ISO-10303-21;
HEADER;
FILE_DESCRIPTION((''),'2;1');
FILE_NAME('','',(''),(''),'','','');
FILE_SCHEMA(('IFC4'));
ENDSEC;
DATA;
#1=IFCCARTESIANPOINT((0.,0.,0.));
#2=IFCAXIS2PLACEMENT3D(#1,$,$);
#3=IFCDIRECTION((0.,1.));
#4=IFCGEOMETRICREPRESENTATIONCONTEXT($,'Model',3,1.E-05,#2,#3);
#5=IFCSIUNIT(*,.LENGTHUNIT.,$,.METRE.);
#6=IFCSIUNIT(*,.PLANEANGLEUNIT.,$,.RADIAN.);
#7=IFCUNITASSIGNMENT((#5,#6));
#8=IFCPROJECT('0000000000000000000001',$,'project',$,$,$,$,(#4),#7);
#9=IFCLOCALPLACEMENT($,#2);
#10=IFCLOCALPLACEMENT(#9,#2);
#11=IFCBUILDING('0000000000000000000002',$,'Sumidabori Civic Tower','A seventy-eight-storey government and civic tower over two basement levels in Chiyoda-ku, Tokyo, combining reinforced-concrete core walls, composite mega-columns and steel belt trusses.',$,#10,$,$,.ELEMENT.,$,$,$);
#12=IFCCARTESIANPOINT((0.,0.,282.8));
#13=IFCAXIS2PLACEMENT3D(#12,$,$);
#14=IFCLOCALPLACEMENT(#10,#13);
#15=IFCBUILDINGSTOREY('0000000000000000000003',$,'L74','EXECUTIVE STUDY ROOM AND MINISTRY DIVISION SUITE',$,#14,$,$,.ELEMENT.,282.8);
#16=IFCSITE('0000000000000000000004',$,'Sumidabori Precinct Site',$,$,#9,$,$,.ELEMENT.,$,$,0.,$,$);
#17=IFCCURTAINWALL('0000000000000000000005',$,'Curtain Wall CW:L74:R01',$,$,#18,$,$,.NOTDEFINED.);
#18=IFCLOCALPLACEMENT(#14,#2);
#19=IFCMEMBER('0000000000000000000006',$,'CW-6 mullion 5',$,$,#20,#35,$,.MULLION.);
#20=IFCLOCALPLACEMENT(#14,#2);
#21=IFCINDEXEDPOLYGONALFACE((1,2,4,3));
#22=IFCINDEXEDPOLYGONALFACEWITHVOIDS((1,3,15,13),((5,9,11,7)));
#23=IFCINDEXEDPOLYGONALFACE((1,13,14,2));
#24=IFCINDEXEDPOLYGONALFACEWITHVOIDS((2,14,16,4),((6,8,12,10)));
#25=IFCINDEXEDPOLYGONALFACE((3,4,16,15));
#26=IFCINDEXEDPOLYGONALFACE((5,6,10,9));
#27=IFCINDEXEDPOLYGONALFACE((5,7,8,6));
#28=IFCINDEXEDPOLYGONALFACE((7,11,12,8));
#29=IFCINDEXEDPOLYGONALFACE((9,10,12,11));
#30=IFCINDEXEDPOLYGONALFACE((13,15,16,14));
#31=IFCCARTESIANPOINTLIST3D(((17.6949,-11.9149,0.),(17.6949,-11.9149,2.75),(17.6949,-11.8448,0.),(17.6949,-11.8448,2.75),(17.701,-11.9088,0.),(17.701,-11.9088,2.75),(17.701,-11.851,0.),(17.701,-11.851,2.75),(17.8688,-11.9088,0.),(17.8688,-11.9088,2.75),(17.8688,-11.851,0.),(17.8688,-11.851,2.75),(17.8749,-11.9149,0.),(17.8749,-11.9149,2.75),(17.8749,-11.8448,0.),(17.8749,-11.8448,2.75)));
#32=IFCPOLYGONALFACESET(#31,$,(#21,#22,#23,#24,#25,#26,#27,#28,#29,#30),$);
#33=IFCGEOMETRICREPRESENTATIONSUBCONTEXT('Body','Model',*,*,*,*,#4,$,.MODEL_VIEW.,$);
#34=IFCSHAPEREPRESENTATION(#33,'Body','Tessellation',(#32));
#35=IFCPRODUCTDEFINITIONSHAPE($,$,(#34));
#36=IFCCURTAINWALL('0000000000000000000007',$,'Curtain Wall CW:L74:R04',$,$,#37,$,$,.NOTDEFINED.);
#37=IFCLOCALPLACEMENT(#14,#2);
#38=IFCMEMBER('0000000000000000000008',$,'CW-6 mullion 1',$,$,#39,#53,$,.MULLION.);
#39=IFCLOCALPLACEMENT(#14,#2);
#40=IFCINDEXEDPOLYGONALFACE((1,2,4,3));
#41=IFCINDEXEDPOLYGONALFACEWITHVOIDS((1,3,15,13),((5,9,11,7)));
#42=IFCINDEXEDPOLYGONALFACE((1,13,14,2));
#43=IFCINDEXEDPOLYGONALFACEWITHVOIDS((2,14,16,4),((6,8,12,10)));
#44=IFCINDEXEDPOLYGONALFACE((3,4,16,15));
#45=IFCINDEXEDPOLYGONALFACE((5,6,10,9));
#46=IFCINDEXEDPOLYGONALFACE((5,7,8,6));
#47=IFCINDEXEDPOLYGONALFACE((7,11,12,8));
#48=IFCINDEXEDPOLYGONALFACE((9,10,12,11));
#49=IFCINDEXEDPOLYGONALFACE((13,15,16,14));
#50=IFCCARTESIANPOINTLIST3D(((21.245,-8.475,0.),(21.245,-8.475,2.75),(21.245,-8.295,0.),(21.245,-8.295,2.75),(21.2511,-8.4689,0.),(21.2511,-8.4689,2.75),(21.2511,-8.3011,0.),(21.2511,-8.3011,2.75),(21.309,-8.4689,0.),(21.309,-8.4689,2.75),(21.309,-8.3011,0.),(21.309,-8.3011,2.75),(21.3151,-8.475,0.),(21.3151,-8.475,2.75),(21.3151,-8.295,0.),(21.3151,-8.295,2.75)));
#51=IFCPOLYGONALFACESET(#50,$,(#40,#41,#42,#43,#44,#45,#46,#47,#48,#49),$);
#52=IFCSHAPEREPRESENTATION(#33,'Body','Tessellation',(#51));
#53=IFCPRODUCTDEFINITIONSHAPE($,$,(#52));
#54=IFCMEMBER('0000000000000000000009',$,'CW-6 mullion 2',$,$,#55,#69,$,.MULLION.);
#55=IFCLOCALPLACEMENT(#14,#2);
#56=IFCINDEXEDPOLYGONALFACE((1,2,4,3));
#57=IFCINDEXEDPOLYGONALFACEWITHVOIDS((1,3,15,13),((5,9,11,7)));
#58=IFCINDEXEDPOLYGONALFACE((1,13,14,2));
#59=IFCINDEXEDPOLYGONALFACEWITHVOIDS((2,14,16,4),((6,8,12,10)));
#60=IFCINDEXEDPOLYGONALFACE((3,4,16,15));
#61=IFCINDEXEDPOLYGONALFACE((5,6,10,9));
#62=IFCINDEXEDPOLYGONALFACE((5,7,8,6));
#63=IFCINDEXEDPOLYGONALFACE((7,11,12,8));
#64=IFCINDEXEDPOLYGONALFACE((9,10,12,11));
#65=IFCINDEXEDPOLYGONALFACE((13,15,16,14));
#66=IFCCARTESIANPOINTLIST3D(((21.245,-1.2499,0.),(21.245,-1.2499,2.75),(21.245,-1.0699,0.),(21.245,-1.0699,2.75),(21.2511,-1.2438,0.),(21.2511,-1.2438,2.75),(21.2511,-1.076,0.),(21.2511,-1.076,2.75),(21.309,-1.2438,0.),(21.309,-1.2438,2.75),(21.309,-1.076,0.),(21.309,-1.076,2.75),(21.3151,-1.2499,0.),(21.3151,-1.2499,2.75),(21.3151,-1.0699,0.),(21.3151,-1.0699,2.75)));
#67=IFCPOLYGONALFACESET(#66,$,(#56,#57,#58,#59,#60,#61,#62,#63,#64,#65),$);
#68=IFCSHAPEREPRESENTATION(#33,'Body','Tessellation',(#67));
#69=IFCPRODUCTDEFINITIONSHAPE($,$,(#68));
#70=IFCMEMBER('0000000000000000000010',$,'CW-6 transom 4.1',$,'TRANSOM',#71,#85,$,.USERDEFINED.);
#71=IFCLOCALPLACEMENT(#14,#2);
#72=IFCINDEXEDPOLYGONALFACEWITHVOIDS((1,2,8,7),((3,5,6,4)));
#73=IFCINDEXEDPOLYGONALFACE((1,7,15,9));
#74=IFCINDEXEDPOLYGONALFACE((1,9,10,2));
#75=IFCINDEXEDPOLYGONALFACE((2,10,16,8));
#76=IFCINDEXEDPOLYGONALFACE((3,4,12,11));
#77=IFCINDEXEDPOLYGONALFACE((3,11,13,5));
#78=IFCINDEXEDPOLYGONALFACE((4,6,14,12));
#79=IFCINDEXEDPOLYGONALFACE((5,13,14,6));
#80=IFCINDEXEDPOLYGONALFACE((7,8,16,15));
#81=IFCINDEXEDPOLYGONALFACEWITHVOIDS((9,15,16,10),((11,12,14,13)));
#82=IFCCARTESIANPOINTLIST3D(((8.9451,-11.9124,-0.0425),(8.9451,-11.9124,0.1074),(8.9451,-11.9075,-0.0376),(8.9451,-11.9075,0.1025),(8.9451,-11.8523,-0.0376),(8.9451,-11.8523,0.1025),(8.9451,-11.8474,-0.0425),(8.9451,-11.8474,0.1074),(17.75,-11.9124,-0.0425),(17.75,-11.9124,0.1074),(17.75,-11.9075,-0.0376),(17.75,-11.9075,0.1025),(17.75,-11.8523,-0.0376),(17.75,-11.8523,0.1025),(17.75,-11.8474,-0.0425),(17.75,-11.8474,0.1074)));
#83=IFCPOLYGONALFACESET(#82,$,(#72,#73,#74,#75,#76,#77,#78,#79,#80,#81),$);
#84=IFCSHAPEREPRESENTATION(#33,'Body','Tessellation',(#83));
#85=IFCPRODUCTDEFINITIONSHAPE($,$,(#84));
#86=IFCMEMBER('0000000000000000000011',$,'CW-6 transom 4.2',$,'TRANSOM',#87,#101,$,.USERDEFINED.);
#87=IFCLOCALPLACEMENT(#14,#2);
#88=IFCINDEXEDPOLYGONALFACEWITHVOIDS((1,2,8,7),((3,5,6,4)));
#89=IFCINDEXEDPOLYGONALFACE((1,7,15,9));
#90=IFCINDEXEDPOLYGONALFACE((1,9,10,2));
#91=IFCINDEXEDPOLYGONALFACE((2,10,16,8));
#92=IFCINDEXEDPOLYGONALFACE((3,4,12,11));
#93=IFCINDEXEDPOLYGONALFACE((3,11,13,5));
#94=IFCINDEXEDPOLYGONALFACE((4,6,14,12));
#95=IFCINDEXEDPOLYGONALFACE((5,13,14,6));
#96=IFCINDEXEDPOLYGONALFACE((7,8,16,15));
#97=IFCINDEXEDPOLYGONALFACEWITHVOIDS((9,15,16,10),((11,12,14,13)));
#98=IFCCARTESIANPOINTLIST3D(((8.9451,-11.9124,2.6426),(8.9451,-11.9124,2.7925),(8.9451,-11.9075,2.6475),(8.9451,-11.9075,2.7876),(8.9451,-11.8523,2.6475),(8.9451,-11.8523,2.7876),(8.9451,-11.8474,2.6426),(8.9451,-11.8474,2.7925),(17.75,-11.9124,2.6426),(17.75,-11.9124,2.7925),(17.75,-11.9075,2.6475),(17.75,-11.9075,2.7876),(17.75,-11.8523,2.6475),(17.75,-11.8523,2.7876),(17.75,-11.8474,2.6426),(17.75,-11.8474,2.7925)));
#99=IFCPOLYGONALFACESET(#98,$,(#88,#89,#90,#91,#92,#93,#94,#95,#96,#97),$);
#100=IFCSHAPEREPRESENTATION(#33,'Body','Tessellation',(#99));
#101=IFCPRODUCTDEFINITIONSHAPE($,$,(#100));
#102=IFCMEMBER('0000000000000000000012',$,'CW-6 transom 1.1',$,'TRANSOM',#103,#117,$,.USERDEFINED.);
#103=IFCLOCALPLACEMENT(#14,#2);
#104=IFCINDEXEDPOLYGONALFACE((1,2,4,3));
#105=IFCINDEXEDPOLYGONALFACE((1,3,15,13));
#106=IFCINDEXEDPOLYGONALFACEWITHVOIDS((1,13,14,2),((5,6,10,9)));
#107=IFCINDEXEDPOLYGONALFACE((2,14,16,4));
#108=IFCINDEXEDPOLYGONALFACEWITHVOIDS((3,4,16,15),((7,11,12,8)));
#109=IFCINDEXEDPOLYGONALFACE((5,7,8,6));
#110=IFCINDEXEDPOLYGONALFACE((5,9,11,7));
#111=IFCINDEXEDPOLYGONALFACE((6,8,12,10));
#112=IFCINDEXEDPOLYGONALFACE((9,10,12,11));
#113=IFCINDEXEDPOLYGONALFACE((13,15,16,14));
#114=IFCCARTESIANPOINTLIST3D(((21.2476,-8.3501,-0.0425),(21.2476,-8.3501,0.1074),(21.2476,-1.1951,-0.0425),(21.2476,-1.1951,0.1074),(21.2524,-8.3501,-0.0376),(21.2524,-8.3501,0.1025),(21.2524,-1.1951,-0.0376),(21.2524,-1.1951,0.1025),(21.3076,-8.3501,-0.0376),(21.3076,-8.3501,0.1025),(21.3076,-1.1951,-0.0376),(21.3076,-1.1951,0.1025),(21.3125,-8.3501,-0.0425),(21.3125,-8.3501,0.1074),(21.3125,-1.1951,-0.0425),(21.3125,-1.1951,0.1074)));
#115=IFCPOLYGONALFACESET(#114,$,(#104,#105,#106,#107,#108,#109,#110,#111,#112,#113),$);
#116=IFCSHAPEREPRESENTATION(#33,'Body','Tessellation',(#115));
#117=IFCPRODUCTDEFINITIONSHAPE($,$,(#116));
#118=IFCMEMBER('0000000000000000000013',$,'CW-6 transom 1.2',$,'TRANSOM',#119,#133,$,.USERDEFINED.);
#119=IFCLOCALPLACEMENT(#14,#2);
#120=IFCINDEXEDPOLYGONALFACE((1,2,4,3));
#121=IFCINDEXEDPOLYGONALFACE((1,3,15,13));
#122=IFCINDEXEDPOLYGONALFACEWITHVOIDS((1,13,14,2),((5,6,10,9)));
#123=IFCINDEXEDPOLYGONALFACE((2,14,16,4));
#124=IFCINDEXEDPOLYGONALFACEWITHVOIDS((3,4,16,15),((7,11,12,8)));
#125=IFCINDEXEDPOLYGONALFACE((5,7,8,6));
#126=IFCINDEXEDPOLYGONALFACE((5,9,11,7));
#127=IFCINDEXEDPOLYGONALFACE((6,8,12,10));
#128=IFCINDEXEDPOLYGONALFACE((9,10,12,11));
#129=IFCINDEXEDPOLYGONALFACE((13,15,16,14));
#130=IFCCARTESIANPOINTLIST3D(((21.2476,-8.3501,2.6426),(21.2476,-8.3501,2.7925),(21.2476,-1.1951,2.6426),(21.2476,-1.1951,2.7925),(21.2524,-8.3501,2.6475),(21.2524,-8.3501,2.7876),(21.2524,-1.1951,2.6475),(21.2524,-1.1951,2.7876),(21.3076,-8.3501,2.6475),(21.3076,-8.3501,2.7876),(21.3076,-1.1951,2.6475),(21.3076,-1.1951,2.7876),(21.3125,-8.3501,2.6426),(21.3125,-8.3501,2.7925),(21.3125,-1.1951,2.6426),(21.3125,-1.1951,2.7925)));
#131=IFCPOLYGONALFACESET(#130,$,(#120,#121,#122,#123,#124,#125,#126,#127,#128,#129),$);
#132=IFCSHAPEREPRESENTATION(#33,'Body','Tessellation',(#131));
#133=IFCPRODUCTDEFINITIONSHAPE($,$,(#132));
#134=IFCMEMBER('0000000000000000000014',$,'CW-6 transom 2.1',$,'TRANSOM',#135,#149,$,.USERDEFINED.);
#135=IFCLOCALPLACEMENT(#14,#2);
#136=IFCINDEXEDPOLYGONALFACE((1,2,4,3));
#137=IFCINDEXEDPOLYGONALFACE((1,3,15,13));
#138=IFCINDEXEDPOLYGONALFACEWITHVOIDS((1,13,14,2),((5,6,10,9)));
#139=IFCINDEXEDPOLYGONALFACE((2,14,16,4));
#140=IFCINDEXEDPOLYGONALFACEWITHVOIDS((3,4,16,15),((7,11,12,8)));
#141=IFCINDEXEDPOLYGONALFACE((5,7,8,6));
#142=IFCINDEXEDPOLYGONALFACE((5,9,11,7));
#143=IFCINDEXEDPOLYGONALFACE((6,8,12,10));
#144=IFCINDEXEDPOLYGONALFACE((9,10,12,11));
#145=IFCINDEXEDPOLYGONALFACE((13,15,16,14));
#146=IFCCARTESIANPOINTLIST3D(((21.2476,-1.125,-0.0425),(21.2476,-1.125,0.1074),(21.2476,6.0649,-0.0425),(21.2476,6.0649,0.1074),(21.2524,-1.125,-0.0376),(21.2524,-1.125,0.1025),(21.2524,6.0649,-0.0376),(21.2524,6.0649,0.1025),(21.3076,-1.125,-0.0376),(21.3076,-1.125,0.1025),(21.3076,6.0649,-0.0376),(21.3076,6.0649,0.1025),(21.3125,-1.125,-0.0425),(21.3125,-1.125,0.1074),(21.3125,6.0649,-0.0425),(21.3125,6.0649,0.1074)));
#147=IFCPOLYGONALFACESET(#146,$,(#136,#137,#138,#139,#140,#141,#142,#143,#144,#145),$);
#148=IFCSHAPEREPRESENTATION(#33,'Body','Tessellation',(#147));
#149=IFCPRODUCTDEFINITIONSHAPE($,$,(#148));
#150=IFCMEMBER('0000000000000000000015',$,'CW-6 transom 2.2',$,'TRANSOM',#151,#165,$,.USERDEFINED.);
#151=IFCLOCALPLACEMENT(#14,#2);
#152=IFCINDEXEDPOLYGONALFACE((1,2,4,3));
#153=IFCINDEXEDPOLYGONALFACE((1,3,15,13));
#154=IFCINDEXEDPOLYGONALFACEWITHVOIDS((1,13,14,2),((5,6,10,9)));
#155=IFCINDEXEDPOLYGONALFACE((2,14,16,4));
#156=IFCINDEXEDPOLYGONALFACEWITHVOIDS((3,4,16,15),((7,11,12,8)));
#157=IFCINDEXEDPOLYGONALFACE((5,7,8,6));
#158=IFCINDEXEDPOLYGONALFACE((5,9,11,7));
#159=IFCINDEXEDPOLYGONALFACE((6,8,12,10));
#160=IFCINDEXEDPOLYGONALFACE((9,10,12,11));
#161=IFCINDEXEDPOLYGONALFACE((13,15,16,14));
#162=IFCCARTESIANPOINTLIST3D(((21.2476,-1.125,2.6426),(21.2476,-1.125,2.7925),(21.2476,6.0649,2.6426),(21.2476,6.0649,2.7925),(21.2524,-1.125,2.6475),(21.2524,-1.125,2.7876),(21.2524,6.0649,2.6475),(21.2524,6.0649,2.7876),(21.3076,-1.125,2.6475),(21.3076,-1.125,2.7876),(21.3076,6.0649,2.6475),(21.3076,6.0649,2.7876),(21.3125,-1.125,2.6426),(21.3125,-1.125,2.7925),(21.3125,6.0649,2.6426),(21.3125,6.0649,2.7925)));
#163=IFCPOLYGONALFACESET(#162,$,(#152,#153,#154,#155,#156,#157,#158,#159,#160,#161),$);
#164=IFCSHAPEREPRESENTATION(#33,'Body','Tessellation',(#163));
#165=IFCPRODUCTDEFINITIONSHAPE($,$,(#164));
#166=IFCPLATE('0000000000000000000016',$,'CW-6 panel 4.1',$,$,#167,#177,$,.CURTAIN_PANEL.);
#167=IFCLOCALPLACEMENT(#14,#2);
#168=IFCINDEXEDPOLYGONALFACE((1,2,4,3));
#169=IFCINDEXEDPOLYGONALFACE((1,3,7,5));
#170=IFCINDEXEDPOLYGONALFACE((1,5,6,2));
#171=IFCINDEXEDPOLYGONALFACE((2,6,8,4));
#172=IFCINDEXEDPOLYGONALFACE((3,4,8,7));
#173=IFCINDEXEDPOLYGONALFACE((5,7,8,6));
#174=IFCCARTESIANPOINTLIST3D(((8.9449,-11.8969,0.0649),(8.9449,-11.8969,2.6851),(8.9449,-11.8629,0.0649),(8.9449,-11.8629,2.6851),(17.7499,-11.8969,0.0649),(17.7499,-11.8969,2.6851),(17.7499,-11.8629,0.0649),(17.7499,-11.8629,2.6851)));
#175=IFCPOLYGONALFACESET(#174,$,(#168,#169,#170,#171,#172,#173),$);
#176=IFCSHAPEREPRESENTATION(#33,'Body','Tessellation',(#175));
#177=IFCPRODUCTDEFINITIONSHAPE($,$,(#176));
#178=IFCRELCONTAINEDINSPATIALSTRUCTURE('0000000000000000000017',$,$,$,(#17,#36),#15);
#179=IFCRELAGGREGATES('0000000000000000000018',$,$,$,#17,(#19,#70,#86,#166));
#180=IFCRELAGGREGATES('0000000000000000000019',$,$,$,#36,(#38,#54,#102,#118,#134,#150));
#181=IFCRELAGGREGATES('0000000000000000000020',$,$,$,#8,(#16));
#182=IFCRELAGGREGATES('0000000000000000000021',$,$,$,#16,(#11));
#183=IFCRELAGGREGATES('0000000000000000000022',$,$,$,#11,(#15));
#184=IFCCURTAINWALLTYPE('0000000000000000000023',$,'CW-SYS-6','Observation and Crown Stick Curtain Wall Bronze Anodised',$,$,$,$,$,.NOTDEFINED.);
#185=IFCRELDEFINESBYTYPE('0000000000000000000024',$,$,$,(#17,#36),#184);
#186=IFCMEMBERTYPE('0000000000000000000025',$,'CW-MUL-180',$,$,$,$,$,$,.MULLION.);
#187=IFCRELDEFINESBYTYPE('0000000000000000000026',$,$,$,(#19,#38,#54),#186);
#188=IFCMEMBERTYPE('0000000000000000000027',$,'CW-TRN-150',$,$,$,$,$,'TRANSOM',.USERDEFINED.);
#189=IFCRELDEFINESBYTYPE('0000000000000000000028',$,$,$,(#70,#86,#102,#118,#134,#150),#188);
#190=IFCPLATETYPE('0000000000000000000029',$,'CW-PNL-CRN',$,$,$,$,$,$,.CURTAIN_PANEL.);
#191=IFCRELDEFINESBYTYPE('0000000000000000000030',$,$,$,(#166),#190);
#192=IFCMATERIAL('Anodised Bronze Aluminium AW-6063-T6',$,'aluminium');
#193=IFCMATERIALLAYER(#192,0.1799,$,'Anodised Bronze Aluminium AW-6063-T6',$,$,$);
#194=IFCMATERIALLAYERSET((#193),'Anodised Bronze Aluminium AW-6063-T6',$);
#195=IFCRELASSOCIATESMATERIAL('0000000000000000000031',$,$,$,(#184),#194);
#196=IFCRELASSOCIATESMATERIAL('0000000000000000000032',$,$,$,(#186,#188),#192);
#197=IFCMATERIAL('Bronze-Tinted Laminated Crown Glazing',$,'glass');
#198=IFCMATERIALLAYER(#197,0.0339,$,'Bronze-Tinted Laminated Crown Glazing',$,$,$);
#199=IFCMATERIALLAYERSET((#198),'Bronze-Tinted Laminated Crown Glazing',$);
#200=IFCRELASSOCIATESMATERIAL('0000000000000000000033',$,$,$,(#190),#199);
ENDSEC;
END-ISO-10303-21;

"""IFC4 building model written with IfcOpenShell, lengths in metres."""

from ifc_helpers import new_model, si_unit, direction, frame, origin, origin_2d, place, context, subcontext, project, spatial, rectangle, hollow_rectangle, extrude, source, transform, mapped, material, layer, layer_set, material_profile, profile_set, type_object, element, aggregate, save


model = new_model("IFC4")

# Units and contexts
model_context = context("Model", 3, precision=1e-05, world=origin(), true_north=direction((0.0, 1.0)))
body_context = subcontext(model_context, "Body", "Model", "MODEL_VIEW")
ifc_project = project(units=[si_unit("LENGTHUNIT", "METRE"), si_unit("PLANEANGLEUNIT", "RADIAN")], contexts=[model_context])

# Site, building, storey
site_placement = place(None, origin())
site = spatial("IfcSite", under=ifc_project, at=site_placement, Name="Sumidabori Precinct Site", CompositionType="ELEMENT", RefElevation=0.0)
building_placement = place(site_placement, origin())
building = spatial("IfcBuilding", under=site, at=building_placement, Name="Sumidabori Civic Tower", Description="A seventy-eight-storey government and civic tower over two basement levels in Chiyoda-ku, Tokyo, combining reinforced-concrete core walls, composite mega-columns and steel belt trusses.", CompositionType="ELEMENT")
storey_placement = place(building_placement, frame((0.0, 0.0, 282.8)))
storey = spatial("IfcBuildingStorey", under=building, at=storey_placement, Name="L74", Description="EXECUTIVE STUDY ROOM AND MINISTRY DIVISION SUITE", CompositionType="ELEMENT", Elevation=282.8)

# Curtain walls, members
ifc_material_1 = material(Name="Anodised Bronze Aluminium AW-6063-T6", Category="aluminium")
ifc_layer_1 = layer(ifc_material_1, 0.1799, Name="Anodised Bronze Aluminium AW-6063-T6")
ifc_layer_set_1 = layer_set([ifc_layer_1], Name="Anodised Bronze Aluminium AW-6063-T6")
curtain_wall_type = type_object("IfcCurtainWallType", Name="CW-SYS-6", Description="Observation and Crown Stick Curtain Wall Bronze Anodised", PredefinedType="NOTDEFINED", material=ifc_layer_set_1)
curtain_wall_1_placement = place(storey_placement, origin())
curtain_wall_1 = element("IfcCurtainWall", 1, at=curtain_wall_1_placement, inside=storey, type_object=curtain_wall_type, Name="Curtain Wall CW:L74:R01", PredefinedType="NOTDEFINED")
ifc_material_profile_1 = material_profile(ifc_material_1, hollow_rectangle(XDim=0.0701, YDim=0.1799, WallThickness=0.0061, at=origin_2d()), Name="ALU MULLION 180x70")
ifc_profile_set_1 = profile_set([ifc_material_profile_1], Name="Anodised Bronze Aluminium AW-6063-T6")
member_type_1 = type_object("IfcMemberType", Name="CW-MUL-180", PredefinedType="MULLION", material=ifc_profile_set_1)
shared_shape_1 = source(origin(), body_context, "Body", "SweptSolid", [
    extrude(hollow_rectangle(XDim=0.0701, YDim=0.1799, WallThickness=0.0061, at=origin_2d()), origin(), (0.0, 0.0, 1.0), 2.75),
])
member_1_placement = place(storey_placement, frame((17.7849, -11.8799, 0.0), z_axis=(0.0, 0.0, 1.0), x_axis=(0.0, 1.0, 0.0)))
member_1 = element("IfcMember", 2, at=member_1_placement, type_object=member_type_1, Name="CW-6 mullion 5", PredefinedType="MULLION", context=body_context, shape_type="MappedRepresentation", body=[
    mapped(shared_shape_1, transform((0.0, 0.0, 0.0), x_axis=(1.0, 0.0, 0.0), y_axis=(0.0, 1.0, 0.0), z_axis=(0.0, 0.0, 1.0), scale=1.0)),
])
curtain_wall_2_placement = place(storey_placement, origin())
curtain_wall_2 = element("IfcCurtainWall", 3, at=curtain_wall_2_placement, inside=storey, type_object=curtain_wall_type, Name="Curtain Wall CW:L74:R04", PredefinedType="NOTDEFINED")
member_2_placement = place(storey_placement, frame((21.28, -8.385, 0.0), z_axis=(0.0, 0.0, 1.0), x_axis=(-1.0, 0.0, 0.0)))
member_2 = element("IfcMember", 4, at=member_2_placement, type_object=member_type_1, Name="CW-6 mullion 1", PredefinedType="MULLION", context=body_context, shape_type="MappedRepresentation", body=[
    mapped(shared_shape_1, transform((0.0, 0.0, 0.0), x_axis=(1.0, 0.0, 0.0), y_axis=(0.0, 1.0, 0.0), z_axis=(0.0, 0.0, 1.0), scale=1.0)),
])
member_3_placement = place(storey_placement, frame((21.28, -1.1599, 0.0), z_axis=(0.0, 0.0, 1.0), x_axis=(-1.0, 0.0, 0.0)))
member_3 = element("IfcMember", 5, at=member_3_placement, type_object=member_type_1, Name="CW-6 mullion 2", PredefinedType="MULLION", context=body_context, shape_type="MappedRepresentation", body=[
    mapped(shared_shape_1, transform((0.0, 0.0, 0.0), x_axis=(1.0, 0.0, 0.0), y_axis=(0.0, 1.0, 0.0), z_axis=(0.0, 0.0, 1.0), scale=1.0)),
])

# Members
ifc_material_profile_2 = material_profile(ifc_material_1, hollow_rectangle(XDim=0.0649, YDim=0.1499, WallThickness=0.0049, at=origin_2d()), Name="ALU TRANSOM 150x65")
ifc_profile_set_2 = profile_set([ifc_material_profile_2], Name="Anodised Bronze Aluminium AW-6063-T6")
member_type_2 = type_object("IfcMemberType", Name="CW-TRN-150", ElementType="TRANSOM", PredefinedType="USERDEFINED", material=ifc_profile_set_2)
shared_shape_2 = source(origin(), body_context, "Body", "SweptSolid", [
    extrude(hollow_rectangle(XDim=0.0649, YDim=0.1499, WallThickness=0.0049, at=origin_2d()), origin(), (0.0, 0.0, 1.0), 8.8049),
])
member_4_placement = place(storey_placement, frame((8.9451, -11.8799, 0.0325), z_axis=(1.0, 0.0, 0.0), x_axis=(0.0, 1.0, 0.0)))
member_4 = element("IfcMember", 6, at=member_4_placement, type_object=member_type_2, Name="CW-6 transom 4.1", ObjectType="TRANSOM", PredefinedType="USERDEFINED", context=body_context, shape_type="MappedRepresentation", body=[
    mapped(shared_shape_2, transform((0.0, 0.0, 0.0), x_axis=(1.0, 0.0, 0.0), y_axis=(0.0, 1.0, 0.0), z_axis=(0.0, 0.0, 1.0), scale=1.0)),
])
member_5_placement = place(storey_placement, frame((8.9451, -11.8799, 2.7175), z_axis=(1.0, 0.0, 0.0), x_axis=(0.0, 1.0, 0.0)))
member_5 = element("IfcMember", 7, at=member_5_placement, type_object=member_type_2, Name="CW-6 transom 4.2", ObjectType="TRANSOM", PredefinedType="USERDEFINED", context=body_context, shape_type="MappedRepresentation", body=[
    mapped(shared_shape_2, transform((0.0, 0.0, 0.0), x_axis=(1.0, 0.0, 0.0), y_axis=(0.0, 1.0, 0.0), z_axis=(0.0, 0.0, 1.0), scale=1.0)),
])
shared_shape_3 = source(origin(), body_context, "Body", "SweptSolid", [
    extrude(hollow_rectangle(XDim=0.0649, YDim=0.1499, WallThickness=0.0049, at=origin_2d()), origin(), (0.0, 0.0, 1.0), 7.155),
])
member_6_placement = place(storey_placement, frame((21.28, -8.3501, 0.0325), z_axis=(0.0, 1.0, 0.0), x_axis=(-1.0, 0.0, 0.0)))
member_6 = element("IfcMember", 8, at=member_6_placement, type_object=member_type_2, Name="CW-6 transom 1.1", ObjectType="TRANSOM", PredefinedType="USERDEFINED", context=body_context, shape_type="MappedRepresentation", body=[
    mapped(shared_shape_3, transform((0.0, 0.0, 0.0), x_axis=(1.0, 0.0, 0.0), y_axis=(0.0, 1.0, 0.0), z_axis=(0.0, 0.0, 1.0), scale=1.0)),
])
member_7_placement = place(storey_placement, frame((21.28, -8.3501, 2.7175), z_axis=(0.0, 1.0, 0.0), x_axis=(-1.0, 0.0, 0.0)))
member_7 = element("IfcMember", 9, at=member_7_placement, type_object=member_type_2, Name="CW-6 transom 1.2", ObjectType="TRANSOM", PredefinedType="USERDEFINED", context=body_context, shape_type="MappedRepresentation", body=[
    mapped(shared_shape_3, transform((0.0, 0.0, 0.0), x_axis=(1.0, 0.0, 0.0), y_axis=(0.0, 1.0, 0.0), z_axis=(0.0, 0.0, 1.0), scale=1.0)),
])
shared_shape_4 = source(origin(), body_context, "Body", "SweptSolid", [
    extrude(hollow_rectangle(XDim=0.0649, YDim=0.1499, WallThickness=0.0049, at=origin_2d()), origin(), (0.0, 0.0, 1.0), 7.1899),
])
member_8_placement = place(storey_placement, frame((21.28, -1.125, 0.0325), z_axis=(0.0, 1.0, 0.0), x_axis=(-1.0, 0.0, 0.0)))
member_8 = element("IfcMember", 10, at=member_8_placement, type_object=member_type_2, Name="CW-6 transom 2.1", ObjectType="TRANSOM", PredefinedType="USERDEFINED", context=body_context, shape_type="MappedRepresentation", body=[
    mapped(shared_shape_4, transform((0.0, 0.0, 0.0), x_axis=(1.0, 0.0, 0.0), y_axis=(0.0, 1.0, 0.0), z_axis=(0.0, 0.0, 1.0), scale=1.0)),
])
member_9_placement = place(storey_placement, frame((21.28, -1.125, 2.7175), z_axis=(0.0, 1.0, 0.0), x_axis=(-1.0, 0.0, 0.0)))
member_9 = element("IfcMember", 11, at=member_9_placement, type_object=member_type_2, Name="CW-6 transom 2.2", ObjectType="TRANSOM", PredefinedType="USERDEFINED", context=body_context, shape_type="MappedRepresentation", body=[
    mapped(shared_shape_4, transform((0.0, 0.0, 0.0), x_axis=(1.0, 0.0, 0.0), y_axis=(0.0, 1.0, 0.0), z_axis=(0.0, 0.0, 1.0), scale=1.0)),
])

# Plate
ifc_material_2 = material(Name="Bronze-Tinted Laminated Crown Glazing", Category="glass")
ifc_layer_2 = layer(ifc_material_2, 0.0339, Name="Bronze-Tinted Laminated Crown Glazing")
ifc_layer_set_2 = layer_set([ifc_layer_2], Name="Bronze-Tinted Laminated Crown Glazing")
plate_type = type_object("IfcPlateType", Name="CW-PNL-CRN", PredefinedType="CURTAIN_PANEL", material=ifc_layer_set_2)
shared_shape_5 = source(origin(), body_context, "Body", "SweptSolid", [
    extrude(rectangle(XDim=8.8049, YDim=0.0339, at=origin_2d()), origin(), (0.0, 0.0, 1.0), 2.6201),
])
plate_1_placement = place(storey_placement, frame((13.3474, -11.8799, 0.0649), z_axis=(0.0, 0.0, 1.0), x_axis=(1.0, 0.0, 0.0)))
plate_1 = element("IfcPlate", 12, at=plate_1_placement, type_object=plate_type, Name="CW-6 panel 4.1", PredefinedType="CURTAIN_PANEL", context=body_context, shape_type="MappedRepresentation", body=[
    mapped(shared_shape_5, transform((0.0, 0.0, 0.0), x_axis=(1.0, 0.0, 0.0), y_axis=(0.0, 1.0, 0.0), z_axis=(0.0, 0.0, 1.0), scale=1.0)),
])
aggregate(curtain_wall_1, [member_1, member_4, member_5, plate_1])
aggregate(curtain_wall_2, [member_2, member_3, member_6, member_7, member_8, member_9])

save(model, "model.ifc")
